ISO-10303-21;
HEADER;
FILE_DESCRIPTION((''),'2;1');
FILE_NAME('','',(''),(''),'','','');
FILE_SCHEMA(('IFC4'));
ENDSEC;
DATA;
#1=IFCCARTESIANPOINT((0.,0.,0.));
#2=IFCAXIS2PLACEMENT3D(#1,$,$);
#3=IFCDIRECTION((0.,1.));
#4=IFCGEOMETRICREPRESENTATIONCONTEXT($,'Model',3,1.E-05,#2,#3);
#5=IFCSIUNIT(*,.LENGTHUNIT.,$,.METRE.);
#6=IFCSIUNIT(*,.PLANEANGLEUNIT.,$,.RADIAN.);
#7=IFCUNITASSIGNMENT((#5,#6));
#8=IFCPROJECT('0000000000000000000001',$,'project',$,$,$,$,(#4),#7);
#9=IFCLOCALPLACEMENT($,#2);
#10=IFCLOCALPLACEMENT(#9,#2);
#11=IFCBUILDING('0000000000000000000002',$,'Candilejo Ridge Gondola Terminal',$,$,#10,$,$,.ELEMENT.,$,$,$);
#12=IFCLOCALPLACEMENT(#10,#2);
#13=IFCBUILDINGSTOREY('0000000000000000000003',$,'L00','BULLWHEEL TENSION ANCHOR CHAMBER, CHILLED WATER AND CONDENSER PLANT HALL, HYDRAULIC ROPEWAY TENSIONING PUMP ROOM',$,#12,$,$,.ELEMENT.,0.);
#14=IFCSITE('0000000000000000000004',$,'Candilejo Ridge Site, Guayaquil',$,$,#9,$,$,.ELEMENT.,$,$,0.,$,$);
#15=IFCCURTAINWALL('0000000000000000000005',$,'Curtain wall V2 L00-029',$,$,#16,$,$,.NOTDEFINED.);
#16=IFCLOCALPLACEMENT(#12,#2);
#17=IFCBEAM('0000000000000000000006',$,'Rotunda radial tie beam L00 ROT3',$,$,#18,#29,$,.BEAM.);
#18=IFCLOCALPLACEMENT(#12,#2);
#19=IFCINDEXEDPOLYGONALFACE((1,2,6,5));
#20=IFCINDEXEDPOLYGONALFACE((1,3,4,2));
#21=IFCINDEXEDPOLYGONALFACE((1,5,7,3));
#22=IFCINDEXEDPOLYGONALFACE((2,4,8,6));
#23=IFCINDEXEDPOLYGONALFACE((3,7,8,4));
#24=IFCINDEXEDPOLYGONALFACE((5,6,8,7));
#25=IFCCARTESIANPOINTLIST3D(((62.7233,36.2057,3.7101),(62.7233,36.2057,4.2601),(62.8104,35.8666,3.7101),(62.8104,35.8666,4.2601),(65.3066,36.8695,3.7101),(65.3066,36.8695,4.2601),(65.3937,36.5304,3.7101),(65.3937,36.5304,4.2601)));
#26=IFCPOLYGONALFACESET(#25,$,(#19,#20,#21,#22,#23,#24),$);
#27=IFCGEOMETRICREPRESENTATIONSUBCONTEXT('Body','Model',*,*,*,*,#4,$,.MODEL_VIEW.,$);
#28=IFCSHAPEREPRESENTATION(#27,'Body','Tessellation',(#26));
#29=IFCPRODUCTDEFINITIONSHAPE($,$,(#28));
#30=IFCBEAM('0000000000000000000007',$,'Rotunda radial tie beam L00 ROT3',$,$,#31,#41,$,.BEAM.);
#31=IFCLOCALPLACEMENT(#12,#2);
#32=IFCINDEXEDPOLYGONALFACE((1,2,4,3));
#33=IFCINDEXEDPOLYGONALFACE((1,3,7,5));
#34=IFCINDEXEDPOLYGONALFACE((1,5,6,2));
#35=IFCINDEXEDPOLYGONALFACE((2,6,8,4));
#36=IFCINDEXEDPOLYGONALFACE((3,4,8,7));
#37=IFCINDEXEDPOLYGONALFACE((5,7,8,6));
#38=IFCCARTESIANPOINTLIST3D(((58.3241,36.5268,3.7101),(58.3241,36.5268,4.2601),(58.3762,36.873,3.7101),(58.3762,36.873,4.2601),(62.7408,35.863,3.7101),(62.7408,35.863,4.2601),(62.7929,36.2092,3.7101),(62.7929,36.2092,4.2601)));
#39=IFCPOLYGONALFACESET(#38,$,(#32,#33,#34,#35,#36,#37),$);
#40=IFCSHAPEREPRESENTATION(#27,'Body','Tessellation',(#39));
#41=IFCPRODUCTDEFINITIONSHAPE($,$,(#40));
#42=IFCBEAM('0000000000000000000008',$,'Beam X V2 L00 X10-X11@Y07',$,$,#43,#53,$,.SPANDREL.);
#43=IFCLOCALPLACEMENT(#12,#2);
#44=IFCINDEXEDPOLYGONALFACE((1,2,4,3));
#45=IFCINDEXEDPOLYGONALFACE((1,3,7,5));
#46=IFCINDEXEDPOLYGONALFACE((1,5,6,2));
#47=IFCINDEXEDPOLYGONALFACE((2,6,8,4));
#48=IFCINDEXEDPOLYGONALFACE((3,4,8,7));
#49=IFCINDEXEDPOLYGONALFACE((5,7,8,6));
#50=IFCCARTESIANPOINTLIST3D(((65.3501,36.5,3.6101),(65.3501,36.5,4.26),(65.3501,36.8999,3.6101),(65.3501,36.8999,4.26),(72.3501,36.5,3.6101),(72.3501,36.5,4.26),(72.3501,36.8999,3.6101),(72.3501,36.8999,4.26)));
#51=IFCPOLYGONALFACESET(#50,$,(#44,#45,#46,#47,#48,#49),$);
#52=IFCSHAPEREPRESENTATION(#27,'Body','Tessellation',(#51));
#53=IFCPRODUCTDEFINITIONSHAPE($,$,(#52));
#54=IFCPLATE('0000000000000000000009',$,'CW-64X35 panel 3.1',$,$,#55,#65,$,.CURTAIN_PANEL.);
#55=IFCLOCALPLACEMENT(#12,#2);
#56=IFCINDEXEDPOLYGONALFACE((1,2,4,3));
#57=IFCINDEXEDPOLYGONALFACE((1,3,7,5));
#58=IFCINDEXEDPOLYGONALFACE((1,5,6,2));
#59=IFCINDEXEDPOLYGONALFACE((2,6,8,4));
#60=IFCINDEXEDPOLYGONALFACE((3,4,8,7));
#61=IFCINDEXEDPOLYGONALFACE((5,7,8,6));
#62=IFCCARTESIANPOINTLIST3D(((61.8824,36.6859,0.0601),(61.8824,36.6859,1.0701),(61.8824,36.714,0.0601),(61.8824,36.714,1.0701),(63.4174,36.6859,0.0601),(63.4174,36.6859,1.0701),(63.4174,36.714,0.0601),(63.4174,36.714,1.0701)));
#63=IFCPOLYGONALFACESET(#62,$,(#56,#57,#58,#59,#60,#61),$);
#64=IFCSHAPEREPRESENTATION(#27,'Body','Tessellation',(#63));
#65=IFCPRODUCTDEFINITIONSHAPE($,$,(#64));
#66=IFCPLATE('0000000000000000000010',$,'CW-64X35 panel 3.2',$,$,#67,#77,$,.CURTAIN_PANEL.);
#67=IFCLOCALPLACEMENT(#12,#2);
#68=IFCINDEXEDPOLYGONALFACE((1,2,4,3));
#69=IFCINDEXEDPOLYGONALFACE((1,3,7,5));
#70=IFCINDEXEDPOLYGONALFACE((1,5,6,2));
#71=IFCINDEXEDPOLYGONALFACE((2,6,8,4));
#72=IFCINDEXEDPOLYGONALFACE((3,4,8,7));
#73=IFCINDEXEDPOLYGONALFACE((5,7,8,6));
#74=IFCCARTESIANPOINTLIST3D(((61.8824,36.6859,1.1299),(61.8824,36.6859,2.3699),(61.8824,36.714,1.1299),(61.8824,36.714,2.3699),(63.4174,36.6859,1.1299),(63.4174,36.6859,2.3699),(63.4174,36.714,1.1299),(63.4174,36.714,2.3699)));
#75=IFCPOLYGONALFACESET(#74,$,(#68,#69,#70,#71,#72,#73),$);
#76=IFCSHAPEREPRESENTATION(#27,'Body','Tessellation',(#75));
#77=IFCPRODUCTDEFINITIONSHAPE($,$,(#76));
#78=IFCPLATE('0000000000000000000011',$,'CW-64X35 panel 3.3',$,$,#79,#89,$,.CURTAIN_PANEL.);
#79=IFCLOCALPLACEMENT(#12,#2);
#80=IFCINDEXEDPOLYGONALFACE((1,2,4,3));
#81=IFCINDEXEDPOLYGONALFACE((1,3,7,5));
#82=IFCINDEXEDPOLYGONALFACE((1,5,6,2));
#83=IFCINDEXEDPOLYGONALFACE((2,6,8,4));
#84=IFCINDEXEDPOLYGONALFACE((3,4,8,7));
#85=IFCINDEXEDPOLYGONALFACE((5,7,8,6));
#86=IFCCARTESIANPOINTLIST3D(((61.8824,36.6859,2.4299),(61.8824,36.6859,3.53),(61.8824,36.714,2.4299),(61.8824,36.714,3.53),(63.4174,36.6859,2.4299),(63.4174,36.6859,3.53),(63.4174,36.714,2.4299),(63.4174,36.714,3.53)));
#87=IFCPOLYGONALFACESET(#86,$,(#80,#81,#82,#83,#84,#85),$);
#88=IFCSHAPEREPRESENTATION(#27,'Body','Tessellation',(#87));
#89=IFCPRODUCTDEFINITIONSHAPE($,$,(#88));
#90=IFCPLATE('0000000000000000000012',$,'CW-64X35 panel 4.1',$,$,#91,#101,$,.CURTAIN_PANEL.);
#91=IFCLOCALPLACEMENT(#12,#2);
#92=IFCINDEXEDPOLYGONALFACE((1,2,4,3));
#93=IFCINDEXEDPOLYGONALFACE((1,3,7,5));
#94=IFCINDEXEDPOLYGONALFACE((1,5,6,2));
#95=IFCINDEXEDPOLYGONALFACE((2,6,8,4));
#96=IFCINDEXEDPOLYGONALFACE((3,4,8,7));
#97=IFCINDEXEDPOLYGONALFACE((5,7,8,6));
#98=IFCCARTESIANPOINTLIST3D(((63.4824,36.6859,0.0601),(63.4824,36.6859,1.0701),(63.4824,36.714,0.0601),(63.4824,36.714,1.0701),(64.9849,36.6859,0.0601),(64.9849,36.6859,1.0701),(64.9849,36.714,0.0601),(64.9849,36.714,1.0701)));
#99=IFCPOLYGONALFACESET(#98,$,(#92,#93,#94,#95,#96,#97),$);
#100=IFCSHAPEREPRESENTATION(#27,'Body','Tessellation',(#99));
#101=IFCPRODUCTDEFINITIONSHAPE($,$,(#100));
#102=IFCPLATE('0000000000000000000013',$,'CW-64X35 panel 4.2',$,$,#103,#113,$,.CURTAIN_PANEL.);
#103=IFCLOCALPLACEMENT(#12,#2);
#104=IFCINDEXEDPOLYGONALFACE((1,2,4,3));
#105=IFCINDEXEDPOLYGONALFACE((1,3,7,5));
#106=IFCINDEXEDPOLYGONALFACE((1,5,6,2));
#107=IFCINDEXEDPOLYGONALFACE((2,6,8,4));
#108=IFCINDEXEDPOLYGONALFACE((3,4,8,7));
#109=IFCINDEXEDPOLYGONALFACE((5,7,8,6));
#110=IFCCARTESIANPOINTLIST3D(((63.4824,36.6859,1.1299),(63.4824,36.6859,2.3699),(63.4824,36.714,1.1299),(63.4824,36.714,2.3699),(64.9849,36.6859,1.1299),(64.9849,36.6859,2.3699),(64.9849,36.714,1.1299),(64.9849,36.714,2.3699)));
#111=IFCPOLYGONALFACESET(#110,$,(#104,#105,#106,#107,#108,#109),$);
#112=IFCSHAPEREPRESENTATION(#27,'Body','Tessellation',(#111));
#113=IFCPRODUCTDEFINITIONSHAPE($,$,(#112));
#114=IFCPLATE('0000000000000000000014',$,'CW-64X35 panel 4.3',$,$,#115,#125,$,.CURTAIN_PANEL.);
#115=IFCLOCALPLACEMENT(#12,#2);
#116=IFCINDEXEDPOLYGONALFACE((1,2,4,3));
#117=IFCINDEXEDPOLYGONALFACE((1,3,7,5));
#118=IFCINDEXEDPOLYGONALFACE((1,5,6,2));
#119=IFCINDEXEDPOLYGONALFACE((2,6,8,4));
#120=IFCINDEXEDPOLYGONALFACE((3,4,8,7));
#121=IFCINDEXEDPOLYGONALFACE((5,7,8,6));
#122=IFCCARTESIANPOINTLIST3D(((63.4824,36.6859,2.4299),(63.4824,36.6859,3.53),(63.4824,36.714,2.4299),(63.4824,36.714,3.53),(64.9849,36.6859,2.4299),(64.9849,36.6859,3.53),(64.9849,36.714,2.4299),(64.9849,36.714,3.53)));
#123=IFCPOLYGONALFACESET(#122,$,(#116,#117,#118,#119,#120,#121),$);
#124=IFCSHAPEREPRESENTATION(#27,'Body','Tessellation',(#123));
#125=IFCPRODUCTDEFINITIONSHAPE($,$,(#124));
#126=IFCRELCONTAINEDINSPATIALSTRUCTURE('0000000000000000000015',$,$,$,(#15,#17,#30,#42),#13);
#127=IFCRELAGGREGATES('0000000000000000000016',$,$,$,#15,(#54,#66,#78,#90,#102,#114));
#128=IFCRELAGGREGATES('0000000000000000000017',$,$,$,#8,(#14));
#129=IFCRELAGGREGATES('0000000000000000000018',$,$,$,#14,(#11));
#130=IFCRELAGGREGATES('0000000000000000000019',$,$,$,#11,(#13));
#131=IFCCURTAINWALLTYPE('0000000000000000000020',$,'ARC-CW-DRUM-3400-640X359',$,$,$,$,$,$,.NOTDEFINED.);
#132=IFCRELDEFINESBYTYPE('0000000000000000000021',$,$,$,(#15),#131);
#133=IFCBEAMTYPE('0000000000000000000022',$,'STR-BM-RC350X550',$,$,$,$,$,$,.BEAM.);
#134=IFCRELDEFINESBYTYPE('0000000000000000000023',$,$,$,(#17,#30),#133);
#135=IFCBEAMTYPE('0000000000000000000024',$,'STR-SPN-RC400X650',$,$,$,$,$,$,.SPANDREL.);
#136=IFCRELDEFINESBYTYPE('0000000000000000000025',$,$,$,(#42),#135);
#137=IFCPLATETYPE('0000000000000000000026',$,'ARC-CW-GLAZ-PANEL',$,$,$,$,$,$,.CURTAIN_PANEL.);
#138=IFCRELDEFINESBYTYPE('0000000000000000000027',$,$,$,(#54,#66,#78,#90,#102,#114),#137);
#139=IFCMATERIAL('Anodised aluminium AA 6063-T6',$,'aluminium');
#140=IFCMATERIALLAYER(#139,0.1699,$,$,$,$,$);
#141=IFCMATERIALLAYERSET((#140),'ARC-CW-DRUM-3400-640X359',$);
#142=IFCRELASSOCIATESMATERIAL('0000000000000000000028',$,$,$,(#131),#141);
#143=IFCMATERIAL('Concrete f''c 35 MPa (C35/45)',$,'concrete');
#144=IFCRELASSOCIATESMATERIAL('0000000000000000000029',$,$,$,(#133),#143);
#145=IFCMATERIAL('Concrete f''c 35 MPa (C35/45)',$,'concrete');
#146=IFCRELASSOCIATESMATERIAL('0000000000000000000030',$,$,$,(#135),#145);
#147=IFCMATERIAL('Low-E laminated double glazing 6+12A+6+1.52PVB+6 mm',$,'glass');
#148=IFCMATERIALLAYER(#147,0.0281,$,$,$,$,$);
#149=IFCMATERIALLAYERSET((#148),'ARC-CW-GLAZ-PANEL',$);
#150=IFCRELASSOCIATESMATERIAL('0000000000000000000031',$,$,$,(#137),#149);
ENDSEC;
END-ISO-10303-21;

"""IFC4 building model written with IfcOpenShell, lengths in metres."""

from ifc_helpers import new_model, si_unit, direction, frame, origin, origin_2d, place, context, subcontext, project, spatial, rectangle, extrude, material, layer, layer_set, material_profile, profile_set, type_object, element, aggregate, save


model = new_model("IFC4")

# Units and contexts
model_context = context("Model", 3, precision=1e-05, world=origin(), true_north=direction((0.0, 1.0)))
body_context = subcontext(model_context, "Body", "Model", "MODEL_VIEW")
ifc_project = project(units=[si_unit("LENGTHUNIT", "METRE"), si_unit("PLANEANGLEUNIT", "RADIAN")], contexts=[model_context])

# Site, building, storey
site_placement = place(None, origin())
site = spatial("IfcSite", under=ifc_project, at=site_placement, Name="Candilejo Ridge Site, Guayaquil", CompositionType="ELEMENT", RefElevation=0.0)
building_placement = place(site_placement, origin())
building = spatial("IfcBuilding", under=site, at=building_placement, Name="Candilejo Ridge Gondola Terminal", CompositionType="ELEMENT")
storey_placement = place(building_placement, origin())
storey = spatial("IfcBuildingStorey", under=building, at=storey_placement, Name="L00", Description="BULLWHEEL TENSION ANCHOR CHAMBER, CHILLED WATER AND CONDENSER PLANT HALL, HYDRAULIC ROPEWAY TENSIONING PUMP ROOM", CompositionType="ELEMENT", Elevation=0.0)

# Curtain wall
ifc_material_1 = material(Name="Anodised aluminium AA 6063-T6", Category="aluminium")
ifc_layer_1 = layer(ifc_material_1, 0.1699)
ifc_layer_set_1 = layer_set([ifc_layer_1], Name="ARC-CW-DRUM-3400-640X359")
curtain_wall_type = type_object("IfcCurtainWallType", Name="ARC-CW-DRUM-3400-640X359", PredefinedType="NOTDEFINED", material=ifc_layer_set_1)
curtain_wall_1_placement = place(storey_placement, origin())
curtain_wall_1 = element("IfcCurtainWall", 1, at=curtain_wall_1_placement, inside=storey, type_object=curtain_wall_type, Name="Curtain wall V2 L00-029", PredefinedType="NOTDEFINED")

# Beams
ifc_material_2 = material(Name="Concrete f'c 35 MPa (C35/45)", Category="concrete")
ifc_material_profile_1 = material_profile(ifc_material_2, rectangle(XDim=0.3501, YDim=0.55, at=origin_2d()))
ifc_profile_set_1 = profile_set([ifc_material_profile_1], Name="Concrete f'c 35 MPa (C35/45)")
beam_type_1 = type_object("IfcBeamType", Name="STR-BM-RC350X550", PredefinedType="BEAM", material=ifc_profile_set_1)
beam_1_placement = place(storey_placement, frame((62.7668, 36.0361, 3.9851), z_axis=(0.968533, 0.248884, 0.0), x_axis=(-0.248884, 0.968533, 0.0)))
element("IfcBeam", 2, at=beam_1_placement, inside=storey, type_object=beam_type_1, Name="Rotunda radial tie beam L00 ROT3", PredefinedType="BEAM", context=body_context, shape_type="SweptSolid", body=[
    extrude(rectangle(XDim=0.3501, YDim=0.55, at=origin_2d()), origin(), (0.0, 0.0, 1.0), 2.6672),
])
beam_2_placement = place(storey_placement, frame((62.7668, 36.0361, 3.9851), z_axis=(-0.988893, 0.148626, 0.0), x_axis=(-0.148626, -0.988893, 0.0)))
element("IfcBeam", 3, at=beam_2_placement, inside=storey, type_object=beam_type_1, Name="Rotunda radial tie beam L00 ROT3", PredefinedType="BEAM", context=body_context, shape_type="SweptSolid", body=[
    extrude(rectangle(XDim=0.3501, YDim=0.55, at=origin_2d()), origin(), (0.0, 0.0, 1.0), 4.4663),
])
ifc_material_3 = material(Name="Concrete f'c 35 MPa (C35/45)", Category="concrete")
ifc_material_profile_2 = material_profile(ifc_material_3, rectangle(XDim=0.3999, YDim=0.6499, at=origin_2d()))
ifc_profile_set_2 = profile_set([ifc_material_profile_2], Name="Concrete f'c 35 MPa (C35/45)")
beam_type_2 = type_object("IfcBeamType", Name="STR-SPN-RC400X650", PredefinedType="SPANDREL", material=ifc_profile_set_2)
beam_3_placement = place(storey_placement, frame((65.3501, 36.7, 3.9351), z_axis=(1.0, 0.0, 0.0), x_axis=(0.0, 1.0, 0.0)))
element("IfcBeam", 4, at=beam_3_placement, inside=storey, type_object=beam_type_2, Name="Beam X V2 L00 X10-X11@Y07", PredefinedType="SPANDREL", context=body_context, shape_type="SweptSolid", body=[
    extrude(rectangle(XDim=0.3999, YDim=0.6499, at=origin_2d()), origin(), (0.0, 0.0, 1.0), 7.0),
])

# Plates
ifc_material_4 = material(Name="Low-E laminated double glazing 6+12A+6+1.52PVB+6 mm", Category="glass")
ifc_layer_2 = layer(ifc_material_4, 0.0281)
ifc_layer_set_2 = layer_set([ifc_layer_2], Name="ARC-CW-GLAZ-PANEL")
plate_type = type_object("IfcPlateType", Name="ARC-CW-GLAZ-PANEL", PredefinedType="CURTAIN_PANEL", material=ifc_layer_set_2)
plate_1_placement = place(storey_placement, frame((62.6499, 36.7, 0.0601), z_axis=(0.0, 0.0, 1.0), x_axis=(1.0, 0.0, 0.0)))
plate_1 = element("IfcPlate", 5, at=plate_1_placement, type_object=plate_type, Name="CW-64X35 panel 3.1", PredefinedType="CURTAIN_PANEL", context=body_context, shape_type="SweptSolid", body=[
    extrude(rectangle(XDim=1.5349, YDim=0.0281, at=origin_2d()), origin(), (0.0, 0.0, 1.0), 1.01),
])
plate_2_placement = place(storey_placement, frame((62.6499, 36.7, 1.1299), z_axis=(0.0, 0.0, 1.0), x_axis=(1.0, 0.0, 0.0)))
plate_2 = element("IfcPlate", 6, at=plate_2_placement, type_object=plate_type, Name="CW-64X35 panel 3.2", PredefinedType="CURTAIN_PANEL", context=body_context, shape_type="SweptSolid", body=[
    extrude(rectangle(XDim=1.5349, YDim=0.0281, at=origin_2d()), origin(), (0.0, 0.0, 1.0), 1.24),
])
plate_3_placement = place(storey_placement, frame((62.6499, 36.7, 2.4299), z_axis=(0.0, 0.0, 1.0), x_axis=(1.0, 0.0, 0.0)))
plate_3 = element("IfcPlate", 7, at=plate_3_placement, type_object=plate_type, Name="CW-64X35 panel 3.3", PredefinedType="CURTAIN_PANEL", context=body_context, shape_type="SweptSolid", body=[
    extrude(rectangle(XDim=1.5349, YDim=0.0281, at=origin_2d()), origin(), (0.0, 0.0, 1.0), 1.1001),
])
plate_4_placement = place(storey_placement, frame((64.2336, 36.7, 0.0601), z_axis=(0.0, 0.0, 1.0), x_axis=(1.0, 0.0, 0.0)))
plate_4 = element("IfcPlate", 8, at=plate_4_placement, type_object=plate_type, Name="CW-64X35 panel 4.1", PredefinedType="CURTAIN_PANEL", context=body_context, shape_type="SweptSolid", body=[
    extrude(rectangle(XDim=1.5024, YDim=0.0281, at=origin_2d()), origin(), (0.0, 0.0, 1.0), 1.01),
])
plate_5_placement = place(storey_placement, frame((64.2336, 36.7, 1.1299), z_axis=(0.0, 0.0, 1.0), x_axis=(1.0, 0.0, 0.0)))
plate_5 = element("IfcPlate", 9, at=plate_5_placement, type_object=plate_type, Name="CW-64X35 panel 4.2", PredefinedType="CURTAIN_PANEL", context=body_context, shape_type="SweptSolid", body=[
    extrude(rectangle(XDim=1.5024, YDim=0.0281, at=origin_2d()), origin(), (0.0, 0.0, 1.0), 1.24),
])
plate_6_placement = place(storey_placement, frame((64.2336, 36.7, 2.4299), z_axis=(0.0, 0.0, 1.0), x_axis=(1.0, 0.0, 0.0)))
plate_6 = element("IfcPlate", 10, at=plate_6_placement, type_object=plate_type, Name="CW-64X35 panel 4.3", PredefinedType="CURTAIN_PANEL", context=body_context, shape_type="SweptSolid", body=[
    extrude(rectangle(XDim=1.5024, YDim=0.0281, at=origin_2d()), origin(), (0.0, 0.0, 1.0), 1.1001),
])
aggregate(curtain_wall_1, [plate_1, plate_2, plate_3, plate_4, plate_5, plate_6])

save(model, "model.ifc")
